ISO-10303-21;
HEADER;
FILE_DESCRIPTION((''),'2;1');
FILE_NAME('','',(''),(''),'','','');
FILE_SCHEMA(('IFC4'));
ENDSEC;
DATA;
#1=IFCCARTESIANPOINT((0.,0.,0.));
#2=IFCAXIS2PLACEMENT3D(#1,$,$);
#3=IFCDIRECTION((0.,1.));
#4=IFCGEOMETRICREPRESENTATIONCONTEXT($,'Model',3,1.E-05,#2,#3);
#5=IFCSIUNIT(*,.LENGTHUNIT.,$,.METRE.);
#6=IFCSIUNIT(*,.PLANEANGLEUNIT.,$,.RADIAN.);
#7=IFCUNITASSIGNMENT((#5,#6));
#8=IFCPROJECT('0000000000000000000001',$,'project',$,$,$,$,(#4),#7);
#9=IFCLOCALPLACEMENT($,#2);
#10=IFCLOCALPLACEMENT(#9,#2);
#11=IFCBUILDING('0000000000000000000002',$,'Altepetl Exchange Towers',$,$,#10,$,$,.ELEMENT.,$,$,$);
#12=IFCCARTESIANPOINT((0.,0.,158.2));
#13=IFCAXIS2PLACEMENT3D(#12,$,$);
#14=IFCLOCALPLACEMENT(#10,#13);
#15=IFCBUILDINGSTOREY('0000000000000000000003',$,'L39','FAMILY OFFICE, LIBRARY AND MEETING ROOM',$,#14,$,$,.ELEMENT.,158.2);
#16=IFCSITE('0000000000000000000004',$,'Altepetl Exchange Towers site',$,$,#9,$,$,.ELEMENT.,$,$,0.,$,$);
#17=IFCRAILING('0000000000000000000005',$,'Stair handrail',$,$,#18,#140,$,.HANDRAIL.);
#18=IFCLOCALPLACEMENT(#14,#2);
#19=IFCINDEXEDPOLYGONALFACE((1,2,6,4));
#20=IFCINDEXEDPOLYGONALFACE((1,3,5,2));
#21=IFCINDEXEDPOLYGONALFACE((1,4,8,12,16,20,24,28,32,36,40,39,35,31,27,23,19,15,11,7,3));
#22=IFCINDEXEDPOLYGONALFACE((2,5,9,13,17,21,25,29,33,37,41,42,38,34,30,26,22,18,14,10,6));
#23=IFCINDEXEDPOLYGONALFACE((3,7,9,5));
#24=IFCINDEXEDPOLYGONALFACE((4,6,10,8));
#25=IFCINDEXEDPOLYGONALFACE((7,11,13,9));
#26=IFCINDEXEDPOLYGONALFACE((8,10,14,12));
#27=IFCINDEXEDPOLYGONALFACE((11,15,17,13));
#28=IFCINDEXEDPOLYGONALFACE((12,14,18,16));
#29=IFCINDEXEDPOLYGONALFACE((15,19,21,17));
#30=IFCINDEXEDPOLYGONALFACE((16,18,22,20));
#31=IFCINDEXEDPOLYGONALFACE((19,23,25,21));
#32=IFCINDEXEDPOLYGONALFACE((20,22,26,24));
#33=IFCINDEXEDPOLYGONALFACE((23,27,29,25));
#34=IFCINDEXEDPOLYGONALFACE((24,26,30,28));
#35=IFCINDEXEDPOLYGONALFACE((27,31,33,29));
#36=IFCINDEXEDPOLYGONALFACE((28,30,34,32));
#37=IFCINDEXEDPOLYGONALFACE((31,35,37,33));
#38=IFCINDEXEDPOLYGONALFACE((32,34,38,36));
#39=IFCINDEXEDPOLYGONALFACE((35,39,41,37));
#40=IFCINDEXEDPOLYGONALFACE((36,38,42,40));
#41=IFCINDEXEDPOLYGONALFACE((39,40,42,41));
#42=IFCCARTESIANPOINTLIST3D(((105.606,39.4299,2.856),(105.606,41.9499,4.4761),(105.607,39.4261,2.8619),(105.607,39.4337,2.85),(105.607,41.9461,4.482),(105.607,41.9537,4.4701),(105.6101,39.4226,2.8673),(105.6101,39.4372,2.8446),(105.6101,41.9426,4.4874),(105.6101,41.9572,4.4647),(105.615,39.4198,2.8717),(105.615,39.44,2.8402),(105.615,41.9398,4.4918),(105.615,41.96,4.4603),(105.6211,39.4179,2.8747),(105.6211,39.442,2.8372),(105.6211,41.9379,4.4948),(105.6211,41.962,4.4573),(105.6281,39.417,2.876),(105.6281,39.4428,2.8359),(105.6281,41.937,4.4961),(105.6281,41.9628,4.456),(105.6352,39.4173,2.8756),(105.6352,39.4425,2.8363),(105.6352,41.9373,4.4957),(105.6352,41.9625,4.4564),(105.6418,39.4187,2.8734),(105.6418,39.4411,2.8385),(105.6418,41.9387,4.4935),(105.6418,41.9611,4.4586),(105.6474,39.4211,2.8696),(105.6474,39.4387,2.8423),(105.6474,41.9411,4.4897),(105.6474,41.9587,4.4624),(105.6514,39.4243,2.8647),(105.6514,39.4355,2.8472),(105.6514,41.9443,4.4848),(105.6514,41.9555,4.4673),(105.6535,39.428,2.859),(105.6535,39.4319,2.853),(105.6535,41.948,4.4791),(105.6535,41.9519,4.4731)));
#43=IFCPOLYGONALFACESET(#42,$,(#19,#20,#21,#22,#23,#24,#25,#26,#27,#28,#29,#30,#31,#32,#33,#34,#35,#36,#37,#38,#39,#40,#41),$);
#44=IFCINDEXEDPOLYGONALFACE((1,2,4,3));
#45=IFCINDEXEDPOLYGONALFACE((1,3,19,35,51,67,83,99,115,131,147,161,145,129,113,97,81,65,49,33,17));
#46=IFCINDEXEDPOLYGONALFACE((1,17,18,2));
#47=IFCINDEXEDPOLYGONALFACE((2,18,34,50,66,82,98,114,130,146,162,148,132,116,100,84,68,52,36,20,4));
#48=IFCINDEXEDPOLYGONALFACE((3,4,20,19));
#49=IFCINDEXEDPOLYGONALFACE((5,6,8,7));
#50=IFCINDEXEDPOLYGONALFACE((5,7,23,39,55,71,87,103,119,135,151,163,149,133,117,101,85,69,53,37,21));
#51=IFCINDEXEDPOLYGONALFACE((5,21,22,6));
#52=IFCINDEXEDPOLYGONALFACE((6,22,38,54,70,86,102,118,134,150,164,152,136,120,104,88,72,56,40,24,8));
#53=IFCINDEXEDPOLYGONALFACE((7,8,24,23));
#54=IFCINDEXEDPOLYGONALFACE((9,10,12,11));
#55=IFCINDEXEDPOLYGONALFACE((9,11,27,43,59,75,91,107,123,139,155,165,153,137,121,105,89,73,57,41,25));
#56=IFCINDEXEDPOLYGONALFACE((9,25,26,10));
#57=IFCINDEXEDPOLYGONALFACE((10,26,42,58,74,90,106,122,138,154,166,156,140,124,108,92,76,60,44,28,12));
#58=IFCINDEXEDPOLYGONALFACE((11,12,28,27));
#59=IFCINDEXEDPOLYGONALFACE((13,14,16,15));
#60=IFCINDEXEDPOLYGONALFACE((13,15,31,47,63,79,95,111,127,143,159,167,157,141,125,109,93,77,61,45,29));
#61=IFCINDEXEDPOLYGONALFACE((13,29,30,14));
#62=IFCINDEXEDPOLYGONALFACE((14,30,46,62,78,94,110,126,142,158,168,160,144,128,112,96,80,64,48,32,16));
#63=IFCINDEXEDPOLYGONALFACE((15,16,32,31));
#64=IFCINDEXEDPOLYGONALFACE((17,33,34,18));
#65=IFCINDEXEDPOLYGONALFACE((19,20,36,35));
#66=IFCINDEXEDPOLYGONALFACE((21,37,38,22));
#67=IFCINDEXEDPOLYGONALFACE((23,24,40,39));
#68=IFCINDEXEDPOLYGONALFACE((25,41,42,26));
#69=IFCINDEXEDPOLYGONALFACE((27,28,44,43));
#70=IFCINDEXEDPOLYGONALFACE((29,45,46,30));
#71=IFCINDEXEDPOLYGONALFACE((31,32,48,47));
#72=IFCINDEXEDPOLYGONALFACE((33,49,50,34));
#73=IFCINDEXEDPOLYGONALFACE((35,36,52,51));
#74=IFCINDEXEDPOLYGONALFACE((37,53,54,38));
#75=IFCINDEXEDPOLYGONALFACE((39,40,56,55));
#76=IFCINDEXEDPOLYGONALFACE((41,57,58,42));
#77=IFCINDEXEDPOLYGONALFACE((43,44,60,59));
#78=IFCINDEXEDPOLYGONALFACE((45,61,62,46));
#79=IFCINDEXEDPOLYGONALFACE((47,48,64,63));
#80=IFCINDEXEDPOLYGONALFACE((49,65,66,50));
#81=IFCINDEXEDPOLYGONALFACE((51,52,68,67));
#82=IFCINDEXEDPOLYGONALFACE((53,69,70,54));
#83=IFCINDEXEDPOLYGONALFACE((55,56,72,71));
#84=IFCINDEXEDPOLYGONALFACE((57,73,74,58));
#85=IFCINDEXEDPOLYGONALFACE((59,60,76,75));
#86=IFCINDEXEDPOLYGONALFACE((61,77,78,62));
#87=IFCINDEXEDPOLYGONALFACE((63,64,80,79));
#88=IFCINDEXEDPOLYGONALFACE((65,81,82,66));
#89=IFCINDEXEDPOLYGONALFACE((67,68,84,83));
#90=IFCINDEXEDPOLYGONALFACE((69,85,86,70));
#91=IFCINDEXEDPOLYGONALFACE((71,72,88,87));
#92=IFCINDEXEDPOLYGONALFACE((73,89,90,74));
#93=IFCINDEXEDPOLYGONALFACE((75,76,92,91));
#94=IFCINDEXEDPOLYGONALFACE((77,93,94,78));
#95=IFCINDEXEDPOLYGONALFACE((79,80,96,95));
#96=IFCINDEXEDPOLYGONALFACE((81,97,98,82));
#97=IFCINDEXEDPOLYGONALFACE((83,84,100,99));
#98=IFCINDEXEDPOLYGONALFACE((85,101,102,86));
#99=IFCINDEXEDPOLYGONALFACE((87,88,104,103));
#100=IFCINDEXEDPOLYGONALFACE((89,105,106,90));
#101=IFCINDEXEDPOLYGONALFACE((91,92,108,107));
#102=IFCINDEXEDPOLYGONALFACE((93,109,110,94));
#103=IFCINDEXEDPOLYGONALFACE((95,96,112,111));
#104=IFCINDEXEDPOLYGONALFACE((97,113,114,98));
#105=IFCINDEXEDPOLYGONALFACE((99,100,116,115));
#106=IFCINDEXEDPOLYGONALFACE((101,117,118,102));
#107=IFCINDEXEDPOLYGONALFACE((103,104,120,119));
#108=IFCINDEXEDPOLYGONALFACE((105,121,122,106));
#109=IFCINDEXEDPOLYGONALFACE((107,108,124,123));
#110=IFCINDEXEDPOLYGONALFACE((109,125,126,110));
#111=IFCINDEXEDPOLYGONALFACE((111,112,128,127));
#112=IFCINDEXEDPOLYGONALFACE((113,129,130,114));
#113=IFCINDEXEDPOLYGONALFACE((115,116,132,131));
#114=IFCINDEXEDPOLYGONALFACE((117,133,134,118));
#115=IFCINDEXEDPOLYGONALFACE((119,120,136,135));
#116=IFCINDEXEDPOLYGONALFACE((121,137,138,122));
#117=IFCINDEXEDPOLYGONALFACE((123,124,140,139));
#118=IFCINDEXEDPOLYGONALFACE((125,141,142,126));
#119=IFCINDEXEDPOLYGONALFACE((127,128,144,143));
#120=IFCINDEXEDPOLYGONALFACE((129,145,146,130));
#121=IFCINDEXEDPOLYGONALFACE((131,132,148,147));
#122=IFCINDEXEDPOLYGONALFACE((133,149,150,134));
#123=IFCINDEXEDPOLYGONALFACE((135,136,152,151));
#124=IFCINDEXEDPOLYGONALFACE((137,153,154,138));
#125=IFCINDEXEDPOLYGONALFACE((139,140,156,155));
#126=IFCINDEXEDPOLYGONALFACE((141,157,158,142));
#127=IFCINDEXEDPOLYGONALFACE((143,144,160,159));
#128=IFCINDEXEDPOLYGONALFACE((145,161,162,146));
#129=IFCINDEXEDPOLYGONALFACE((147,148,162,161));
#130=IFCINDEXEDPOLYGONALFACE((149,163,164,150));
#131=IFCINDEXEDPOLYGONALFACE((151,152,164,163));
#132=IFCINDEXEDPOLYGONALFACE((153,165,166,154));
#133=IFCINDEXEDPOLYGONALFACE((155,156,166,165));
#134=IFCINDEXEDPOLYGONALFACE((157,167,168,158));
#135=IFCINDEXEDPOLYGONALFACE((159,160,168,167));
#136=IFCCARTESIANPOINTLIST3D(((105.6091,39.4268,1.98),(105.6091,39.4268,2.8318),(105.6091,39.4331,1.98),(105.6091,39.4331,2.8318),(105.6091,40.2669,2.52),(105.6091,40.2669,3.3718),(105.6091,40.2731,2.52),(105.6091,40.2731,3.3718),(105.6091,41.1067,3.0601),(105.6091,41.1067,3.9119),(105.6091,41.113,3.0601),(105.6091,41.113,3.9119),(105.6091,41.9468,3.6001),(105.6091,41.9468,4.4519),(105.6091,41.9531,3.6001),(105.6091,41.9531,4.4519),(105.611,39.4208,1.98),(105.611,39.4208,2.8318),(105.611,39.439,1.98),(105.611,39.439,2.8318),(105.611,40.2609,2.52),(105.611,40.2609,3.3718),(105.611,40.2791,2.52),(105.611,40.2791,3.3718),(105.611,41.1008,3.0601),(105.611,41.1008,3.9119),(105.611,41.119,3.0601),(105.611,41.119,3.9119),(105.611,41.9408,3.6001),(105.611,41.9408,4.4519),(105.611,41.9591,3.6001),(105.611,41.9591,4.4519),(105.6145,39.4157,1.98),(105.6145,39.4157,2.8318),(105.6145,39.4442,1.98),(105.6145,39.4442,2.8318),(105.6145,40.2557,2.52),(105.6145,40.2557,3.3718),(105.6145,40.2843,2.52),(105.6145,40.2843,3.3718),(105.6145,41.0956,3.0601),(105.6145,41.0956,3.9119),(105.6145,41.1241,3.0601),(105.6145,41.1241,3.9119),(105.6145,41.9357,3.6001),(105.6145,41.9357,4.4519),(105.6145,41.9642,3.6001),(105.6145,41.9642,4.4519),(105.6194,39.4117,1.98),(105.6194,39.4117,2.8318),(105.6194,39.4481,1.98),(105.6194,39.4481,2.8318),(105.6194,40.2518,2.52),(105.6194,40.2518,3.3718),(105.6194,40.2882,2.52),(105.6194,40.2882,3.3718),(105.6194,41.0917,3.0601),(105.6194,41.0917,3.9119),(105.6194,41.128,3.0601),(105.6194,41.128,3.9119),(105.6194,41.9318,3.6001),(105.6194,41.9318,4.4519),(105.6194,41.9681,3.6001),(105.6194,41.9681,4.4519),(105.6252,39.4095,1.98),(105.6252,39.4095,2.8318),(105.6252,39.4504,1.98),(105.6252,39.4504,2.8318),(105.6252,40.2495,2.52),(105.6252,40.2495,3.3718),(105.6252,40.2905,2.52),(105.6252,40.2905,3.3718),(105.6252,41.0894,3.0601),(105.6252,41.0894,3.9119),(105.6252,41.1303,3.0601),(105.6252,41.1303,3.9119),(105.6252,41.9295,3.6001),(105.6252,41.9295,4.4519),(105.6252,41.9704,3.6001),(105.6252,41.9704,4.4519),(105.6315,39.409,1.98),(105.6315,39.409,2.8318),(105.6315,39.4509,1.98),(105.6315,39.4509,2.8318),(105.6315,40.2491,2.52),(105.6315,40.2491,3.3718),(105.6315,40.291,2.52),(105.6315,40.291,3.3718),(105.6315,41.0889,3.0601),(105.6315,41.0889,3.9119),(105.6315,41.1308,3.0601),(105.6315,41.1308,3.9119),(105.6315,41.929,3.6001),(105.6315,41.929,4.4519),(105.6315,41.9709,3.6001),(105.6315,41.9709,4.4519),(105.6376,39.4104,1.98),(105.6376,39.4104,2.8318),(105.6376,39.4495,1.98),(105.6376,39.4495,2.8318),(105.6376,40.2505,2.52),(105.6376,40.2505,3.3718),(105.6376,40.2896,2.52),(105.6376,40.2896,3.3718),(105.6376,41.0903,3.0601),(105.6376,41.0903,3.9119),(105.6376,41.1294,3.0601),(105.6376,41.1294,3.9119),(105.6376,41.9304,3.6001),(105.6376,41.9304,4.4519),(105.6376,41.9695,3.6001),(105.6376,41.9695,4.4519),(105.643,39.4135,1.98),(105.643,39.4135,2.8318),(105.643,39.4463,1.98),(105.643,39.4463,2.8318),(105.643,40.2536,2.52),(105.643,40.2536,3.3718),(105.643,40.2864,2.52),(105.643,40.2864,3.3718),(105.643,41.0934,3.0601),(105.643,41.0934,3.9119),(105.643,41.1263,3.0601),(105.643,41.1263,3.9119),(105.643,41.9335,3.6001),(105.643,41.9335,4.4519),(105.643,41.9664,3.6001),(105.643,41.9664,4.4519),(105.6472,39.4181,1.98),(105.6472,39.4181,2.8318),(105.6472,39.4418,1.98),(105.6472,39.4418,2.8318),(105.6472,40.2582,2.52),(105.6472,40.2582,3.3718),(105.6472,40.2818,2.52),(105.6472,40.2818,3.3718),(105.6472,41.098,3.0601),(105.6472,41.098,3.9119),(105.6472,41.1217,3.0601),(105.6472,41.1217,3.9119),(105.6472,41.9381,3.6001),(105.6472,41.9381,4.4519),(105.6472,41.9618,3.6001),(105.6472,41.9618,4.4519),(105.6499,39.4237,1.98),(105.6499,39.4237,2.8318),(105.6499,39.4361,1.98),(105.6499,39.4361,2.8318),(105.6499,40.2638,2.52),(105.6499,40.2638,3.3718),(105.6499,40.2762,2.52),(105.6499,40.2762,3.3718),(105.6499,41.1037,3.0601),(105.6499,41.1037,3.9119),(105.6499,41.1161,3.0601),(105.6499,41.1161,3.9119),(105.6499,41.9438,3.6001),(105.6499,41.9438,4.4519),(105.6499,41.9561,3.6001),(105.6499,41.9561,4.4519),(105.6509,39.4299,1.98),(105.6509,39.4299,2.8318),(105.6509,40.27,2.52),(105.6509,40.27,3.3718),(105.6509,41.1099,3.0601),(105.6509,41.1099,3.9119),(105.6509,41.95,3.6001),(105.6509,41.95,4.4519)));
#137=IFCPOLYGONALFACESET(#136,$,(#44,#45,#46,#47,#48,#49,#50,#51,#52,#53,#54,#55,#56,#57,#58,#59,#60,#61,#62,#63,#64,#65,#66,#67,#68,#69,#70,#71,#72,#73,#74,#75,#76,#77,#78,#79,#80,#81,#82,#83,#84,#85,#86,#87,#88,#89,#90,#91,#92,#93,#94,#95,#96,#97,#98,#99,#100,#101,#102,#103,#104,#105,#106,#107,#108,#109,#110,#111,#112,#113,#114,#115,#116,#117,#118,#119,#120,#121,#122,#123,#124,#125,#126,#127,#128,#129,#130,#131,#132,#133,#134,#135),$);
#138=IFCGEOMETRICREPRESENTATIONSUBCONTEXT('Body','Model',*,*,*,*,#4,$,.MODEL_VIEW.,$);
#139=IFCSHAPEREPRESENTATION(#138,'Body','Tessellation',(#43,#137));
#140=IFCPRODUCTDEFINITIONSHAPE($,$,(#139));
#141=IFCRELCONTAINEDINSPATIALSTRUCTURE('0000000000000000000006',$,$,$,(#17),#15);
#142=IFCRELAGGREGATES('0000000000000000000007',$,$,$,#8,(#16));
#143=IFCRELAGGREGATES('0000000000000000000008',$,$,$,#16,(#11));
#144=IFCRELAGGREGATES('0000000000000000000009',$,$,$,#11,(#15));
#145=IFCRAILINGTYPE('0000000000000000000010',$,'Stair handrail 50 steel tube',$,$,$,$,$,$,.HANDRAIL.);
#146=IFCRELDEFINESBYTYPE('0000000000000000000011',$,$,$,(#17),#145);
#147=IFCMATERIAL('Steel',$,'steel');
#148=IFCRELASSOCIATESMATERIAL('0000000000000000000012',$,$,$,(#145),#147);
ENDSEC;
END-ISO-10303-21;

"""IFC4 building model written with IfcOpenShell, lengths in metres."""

from ifc_helpers import new_model, si_unit, direction, frame, origin, origin_2d, place, context, subcontext, project, spatial, circle, extrude, source, transform, mapped, material, type_object, element, save


model = new_model("IFC4")

# Units and contexts
model_context = context("Model", 3, precision=1e-05, world=origin(), true_north=direction((0.0, 1.0)))
body_context = subcontext(model_context, "Body", "Model", "MODEL_VIEW")
ifc_project = project(units=[si_unit("LENGTHUNIT", "METRE"), si_unit("PLANEANGLEUNIT", "RADIAN")], contexts=[model_context])

# Site, building, storey
site_placement = place(None, origin())
site = spatial("IfcSite", under=ifc_project, at=site_placement, Name="Altepetl Exchange Towers site", CompositionType="ELEMENT", RefElevation=0.0)
building_placement = place(site_placement, origin())
building = spatial("IfcBuilding", under=site, at=building_placement, Name="Altepetl Exchange Towers", CompositionType="ELEMENT")
storey_placement = place(building_placement, frame((0.0, 0.0, 158.2)))
storey = spatial("IfcBuildingStorey", under=building, at=storey_placement, Name="L39", Description="FAMILY OFFICE, LIBRARY AND MEETING ROOM", CompositionType="ELEMENT", Elevation=158.2)

# Railing
ifc_material_1 = material(Name="Steel", Category="steel")
railing_type = type_object("IfcRailingType", Name="Stair handrail 50 steel tube", PredefinedType="HANDRAIL", material=ifc_material_1)
shared_shape = source(origin(), body_context, "Body", "SweptSolid", [
    extrude(circle(Radius=0.021, at=origin_2d()), origin(), (0.0, 0.0, 1.0), 0.8518),
])
railing_1_placement = place(storey_placement, frame((105.6299, 39.4299, 1.98)))
element("IfcRailing", 1, at=railing_1_placement, inside=storey, type_object=railing_type, Name="Stair handrail", PredefinedType="HANDRAIL", context=body_context, shape_type="SweptSolid", body=[
    extrude(circle(Radius=0.0239, at=origin_2d()), frame((0.0, 0.0, 0.876), z_axis=(0.0, 0.841163, 0.540782), x_axis=(-1.0, 0.0, 0.0)), (0.0, 0.0, 1.0), 2.9958),
    mapped(shared_shape, transform((0.0, 0.0, 0.0))),
    mapped(shared_shape, transform((0.0, 0.8401, 0.54))),
    mapped(shared_shape, transform((0.0, 1.6799, 1.0801))),
    mapped(shared_shape, transform((0.0, 2.52, 1.6201))),
])

save(model, "model.ifc")
